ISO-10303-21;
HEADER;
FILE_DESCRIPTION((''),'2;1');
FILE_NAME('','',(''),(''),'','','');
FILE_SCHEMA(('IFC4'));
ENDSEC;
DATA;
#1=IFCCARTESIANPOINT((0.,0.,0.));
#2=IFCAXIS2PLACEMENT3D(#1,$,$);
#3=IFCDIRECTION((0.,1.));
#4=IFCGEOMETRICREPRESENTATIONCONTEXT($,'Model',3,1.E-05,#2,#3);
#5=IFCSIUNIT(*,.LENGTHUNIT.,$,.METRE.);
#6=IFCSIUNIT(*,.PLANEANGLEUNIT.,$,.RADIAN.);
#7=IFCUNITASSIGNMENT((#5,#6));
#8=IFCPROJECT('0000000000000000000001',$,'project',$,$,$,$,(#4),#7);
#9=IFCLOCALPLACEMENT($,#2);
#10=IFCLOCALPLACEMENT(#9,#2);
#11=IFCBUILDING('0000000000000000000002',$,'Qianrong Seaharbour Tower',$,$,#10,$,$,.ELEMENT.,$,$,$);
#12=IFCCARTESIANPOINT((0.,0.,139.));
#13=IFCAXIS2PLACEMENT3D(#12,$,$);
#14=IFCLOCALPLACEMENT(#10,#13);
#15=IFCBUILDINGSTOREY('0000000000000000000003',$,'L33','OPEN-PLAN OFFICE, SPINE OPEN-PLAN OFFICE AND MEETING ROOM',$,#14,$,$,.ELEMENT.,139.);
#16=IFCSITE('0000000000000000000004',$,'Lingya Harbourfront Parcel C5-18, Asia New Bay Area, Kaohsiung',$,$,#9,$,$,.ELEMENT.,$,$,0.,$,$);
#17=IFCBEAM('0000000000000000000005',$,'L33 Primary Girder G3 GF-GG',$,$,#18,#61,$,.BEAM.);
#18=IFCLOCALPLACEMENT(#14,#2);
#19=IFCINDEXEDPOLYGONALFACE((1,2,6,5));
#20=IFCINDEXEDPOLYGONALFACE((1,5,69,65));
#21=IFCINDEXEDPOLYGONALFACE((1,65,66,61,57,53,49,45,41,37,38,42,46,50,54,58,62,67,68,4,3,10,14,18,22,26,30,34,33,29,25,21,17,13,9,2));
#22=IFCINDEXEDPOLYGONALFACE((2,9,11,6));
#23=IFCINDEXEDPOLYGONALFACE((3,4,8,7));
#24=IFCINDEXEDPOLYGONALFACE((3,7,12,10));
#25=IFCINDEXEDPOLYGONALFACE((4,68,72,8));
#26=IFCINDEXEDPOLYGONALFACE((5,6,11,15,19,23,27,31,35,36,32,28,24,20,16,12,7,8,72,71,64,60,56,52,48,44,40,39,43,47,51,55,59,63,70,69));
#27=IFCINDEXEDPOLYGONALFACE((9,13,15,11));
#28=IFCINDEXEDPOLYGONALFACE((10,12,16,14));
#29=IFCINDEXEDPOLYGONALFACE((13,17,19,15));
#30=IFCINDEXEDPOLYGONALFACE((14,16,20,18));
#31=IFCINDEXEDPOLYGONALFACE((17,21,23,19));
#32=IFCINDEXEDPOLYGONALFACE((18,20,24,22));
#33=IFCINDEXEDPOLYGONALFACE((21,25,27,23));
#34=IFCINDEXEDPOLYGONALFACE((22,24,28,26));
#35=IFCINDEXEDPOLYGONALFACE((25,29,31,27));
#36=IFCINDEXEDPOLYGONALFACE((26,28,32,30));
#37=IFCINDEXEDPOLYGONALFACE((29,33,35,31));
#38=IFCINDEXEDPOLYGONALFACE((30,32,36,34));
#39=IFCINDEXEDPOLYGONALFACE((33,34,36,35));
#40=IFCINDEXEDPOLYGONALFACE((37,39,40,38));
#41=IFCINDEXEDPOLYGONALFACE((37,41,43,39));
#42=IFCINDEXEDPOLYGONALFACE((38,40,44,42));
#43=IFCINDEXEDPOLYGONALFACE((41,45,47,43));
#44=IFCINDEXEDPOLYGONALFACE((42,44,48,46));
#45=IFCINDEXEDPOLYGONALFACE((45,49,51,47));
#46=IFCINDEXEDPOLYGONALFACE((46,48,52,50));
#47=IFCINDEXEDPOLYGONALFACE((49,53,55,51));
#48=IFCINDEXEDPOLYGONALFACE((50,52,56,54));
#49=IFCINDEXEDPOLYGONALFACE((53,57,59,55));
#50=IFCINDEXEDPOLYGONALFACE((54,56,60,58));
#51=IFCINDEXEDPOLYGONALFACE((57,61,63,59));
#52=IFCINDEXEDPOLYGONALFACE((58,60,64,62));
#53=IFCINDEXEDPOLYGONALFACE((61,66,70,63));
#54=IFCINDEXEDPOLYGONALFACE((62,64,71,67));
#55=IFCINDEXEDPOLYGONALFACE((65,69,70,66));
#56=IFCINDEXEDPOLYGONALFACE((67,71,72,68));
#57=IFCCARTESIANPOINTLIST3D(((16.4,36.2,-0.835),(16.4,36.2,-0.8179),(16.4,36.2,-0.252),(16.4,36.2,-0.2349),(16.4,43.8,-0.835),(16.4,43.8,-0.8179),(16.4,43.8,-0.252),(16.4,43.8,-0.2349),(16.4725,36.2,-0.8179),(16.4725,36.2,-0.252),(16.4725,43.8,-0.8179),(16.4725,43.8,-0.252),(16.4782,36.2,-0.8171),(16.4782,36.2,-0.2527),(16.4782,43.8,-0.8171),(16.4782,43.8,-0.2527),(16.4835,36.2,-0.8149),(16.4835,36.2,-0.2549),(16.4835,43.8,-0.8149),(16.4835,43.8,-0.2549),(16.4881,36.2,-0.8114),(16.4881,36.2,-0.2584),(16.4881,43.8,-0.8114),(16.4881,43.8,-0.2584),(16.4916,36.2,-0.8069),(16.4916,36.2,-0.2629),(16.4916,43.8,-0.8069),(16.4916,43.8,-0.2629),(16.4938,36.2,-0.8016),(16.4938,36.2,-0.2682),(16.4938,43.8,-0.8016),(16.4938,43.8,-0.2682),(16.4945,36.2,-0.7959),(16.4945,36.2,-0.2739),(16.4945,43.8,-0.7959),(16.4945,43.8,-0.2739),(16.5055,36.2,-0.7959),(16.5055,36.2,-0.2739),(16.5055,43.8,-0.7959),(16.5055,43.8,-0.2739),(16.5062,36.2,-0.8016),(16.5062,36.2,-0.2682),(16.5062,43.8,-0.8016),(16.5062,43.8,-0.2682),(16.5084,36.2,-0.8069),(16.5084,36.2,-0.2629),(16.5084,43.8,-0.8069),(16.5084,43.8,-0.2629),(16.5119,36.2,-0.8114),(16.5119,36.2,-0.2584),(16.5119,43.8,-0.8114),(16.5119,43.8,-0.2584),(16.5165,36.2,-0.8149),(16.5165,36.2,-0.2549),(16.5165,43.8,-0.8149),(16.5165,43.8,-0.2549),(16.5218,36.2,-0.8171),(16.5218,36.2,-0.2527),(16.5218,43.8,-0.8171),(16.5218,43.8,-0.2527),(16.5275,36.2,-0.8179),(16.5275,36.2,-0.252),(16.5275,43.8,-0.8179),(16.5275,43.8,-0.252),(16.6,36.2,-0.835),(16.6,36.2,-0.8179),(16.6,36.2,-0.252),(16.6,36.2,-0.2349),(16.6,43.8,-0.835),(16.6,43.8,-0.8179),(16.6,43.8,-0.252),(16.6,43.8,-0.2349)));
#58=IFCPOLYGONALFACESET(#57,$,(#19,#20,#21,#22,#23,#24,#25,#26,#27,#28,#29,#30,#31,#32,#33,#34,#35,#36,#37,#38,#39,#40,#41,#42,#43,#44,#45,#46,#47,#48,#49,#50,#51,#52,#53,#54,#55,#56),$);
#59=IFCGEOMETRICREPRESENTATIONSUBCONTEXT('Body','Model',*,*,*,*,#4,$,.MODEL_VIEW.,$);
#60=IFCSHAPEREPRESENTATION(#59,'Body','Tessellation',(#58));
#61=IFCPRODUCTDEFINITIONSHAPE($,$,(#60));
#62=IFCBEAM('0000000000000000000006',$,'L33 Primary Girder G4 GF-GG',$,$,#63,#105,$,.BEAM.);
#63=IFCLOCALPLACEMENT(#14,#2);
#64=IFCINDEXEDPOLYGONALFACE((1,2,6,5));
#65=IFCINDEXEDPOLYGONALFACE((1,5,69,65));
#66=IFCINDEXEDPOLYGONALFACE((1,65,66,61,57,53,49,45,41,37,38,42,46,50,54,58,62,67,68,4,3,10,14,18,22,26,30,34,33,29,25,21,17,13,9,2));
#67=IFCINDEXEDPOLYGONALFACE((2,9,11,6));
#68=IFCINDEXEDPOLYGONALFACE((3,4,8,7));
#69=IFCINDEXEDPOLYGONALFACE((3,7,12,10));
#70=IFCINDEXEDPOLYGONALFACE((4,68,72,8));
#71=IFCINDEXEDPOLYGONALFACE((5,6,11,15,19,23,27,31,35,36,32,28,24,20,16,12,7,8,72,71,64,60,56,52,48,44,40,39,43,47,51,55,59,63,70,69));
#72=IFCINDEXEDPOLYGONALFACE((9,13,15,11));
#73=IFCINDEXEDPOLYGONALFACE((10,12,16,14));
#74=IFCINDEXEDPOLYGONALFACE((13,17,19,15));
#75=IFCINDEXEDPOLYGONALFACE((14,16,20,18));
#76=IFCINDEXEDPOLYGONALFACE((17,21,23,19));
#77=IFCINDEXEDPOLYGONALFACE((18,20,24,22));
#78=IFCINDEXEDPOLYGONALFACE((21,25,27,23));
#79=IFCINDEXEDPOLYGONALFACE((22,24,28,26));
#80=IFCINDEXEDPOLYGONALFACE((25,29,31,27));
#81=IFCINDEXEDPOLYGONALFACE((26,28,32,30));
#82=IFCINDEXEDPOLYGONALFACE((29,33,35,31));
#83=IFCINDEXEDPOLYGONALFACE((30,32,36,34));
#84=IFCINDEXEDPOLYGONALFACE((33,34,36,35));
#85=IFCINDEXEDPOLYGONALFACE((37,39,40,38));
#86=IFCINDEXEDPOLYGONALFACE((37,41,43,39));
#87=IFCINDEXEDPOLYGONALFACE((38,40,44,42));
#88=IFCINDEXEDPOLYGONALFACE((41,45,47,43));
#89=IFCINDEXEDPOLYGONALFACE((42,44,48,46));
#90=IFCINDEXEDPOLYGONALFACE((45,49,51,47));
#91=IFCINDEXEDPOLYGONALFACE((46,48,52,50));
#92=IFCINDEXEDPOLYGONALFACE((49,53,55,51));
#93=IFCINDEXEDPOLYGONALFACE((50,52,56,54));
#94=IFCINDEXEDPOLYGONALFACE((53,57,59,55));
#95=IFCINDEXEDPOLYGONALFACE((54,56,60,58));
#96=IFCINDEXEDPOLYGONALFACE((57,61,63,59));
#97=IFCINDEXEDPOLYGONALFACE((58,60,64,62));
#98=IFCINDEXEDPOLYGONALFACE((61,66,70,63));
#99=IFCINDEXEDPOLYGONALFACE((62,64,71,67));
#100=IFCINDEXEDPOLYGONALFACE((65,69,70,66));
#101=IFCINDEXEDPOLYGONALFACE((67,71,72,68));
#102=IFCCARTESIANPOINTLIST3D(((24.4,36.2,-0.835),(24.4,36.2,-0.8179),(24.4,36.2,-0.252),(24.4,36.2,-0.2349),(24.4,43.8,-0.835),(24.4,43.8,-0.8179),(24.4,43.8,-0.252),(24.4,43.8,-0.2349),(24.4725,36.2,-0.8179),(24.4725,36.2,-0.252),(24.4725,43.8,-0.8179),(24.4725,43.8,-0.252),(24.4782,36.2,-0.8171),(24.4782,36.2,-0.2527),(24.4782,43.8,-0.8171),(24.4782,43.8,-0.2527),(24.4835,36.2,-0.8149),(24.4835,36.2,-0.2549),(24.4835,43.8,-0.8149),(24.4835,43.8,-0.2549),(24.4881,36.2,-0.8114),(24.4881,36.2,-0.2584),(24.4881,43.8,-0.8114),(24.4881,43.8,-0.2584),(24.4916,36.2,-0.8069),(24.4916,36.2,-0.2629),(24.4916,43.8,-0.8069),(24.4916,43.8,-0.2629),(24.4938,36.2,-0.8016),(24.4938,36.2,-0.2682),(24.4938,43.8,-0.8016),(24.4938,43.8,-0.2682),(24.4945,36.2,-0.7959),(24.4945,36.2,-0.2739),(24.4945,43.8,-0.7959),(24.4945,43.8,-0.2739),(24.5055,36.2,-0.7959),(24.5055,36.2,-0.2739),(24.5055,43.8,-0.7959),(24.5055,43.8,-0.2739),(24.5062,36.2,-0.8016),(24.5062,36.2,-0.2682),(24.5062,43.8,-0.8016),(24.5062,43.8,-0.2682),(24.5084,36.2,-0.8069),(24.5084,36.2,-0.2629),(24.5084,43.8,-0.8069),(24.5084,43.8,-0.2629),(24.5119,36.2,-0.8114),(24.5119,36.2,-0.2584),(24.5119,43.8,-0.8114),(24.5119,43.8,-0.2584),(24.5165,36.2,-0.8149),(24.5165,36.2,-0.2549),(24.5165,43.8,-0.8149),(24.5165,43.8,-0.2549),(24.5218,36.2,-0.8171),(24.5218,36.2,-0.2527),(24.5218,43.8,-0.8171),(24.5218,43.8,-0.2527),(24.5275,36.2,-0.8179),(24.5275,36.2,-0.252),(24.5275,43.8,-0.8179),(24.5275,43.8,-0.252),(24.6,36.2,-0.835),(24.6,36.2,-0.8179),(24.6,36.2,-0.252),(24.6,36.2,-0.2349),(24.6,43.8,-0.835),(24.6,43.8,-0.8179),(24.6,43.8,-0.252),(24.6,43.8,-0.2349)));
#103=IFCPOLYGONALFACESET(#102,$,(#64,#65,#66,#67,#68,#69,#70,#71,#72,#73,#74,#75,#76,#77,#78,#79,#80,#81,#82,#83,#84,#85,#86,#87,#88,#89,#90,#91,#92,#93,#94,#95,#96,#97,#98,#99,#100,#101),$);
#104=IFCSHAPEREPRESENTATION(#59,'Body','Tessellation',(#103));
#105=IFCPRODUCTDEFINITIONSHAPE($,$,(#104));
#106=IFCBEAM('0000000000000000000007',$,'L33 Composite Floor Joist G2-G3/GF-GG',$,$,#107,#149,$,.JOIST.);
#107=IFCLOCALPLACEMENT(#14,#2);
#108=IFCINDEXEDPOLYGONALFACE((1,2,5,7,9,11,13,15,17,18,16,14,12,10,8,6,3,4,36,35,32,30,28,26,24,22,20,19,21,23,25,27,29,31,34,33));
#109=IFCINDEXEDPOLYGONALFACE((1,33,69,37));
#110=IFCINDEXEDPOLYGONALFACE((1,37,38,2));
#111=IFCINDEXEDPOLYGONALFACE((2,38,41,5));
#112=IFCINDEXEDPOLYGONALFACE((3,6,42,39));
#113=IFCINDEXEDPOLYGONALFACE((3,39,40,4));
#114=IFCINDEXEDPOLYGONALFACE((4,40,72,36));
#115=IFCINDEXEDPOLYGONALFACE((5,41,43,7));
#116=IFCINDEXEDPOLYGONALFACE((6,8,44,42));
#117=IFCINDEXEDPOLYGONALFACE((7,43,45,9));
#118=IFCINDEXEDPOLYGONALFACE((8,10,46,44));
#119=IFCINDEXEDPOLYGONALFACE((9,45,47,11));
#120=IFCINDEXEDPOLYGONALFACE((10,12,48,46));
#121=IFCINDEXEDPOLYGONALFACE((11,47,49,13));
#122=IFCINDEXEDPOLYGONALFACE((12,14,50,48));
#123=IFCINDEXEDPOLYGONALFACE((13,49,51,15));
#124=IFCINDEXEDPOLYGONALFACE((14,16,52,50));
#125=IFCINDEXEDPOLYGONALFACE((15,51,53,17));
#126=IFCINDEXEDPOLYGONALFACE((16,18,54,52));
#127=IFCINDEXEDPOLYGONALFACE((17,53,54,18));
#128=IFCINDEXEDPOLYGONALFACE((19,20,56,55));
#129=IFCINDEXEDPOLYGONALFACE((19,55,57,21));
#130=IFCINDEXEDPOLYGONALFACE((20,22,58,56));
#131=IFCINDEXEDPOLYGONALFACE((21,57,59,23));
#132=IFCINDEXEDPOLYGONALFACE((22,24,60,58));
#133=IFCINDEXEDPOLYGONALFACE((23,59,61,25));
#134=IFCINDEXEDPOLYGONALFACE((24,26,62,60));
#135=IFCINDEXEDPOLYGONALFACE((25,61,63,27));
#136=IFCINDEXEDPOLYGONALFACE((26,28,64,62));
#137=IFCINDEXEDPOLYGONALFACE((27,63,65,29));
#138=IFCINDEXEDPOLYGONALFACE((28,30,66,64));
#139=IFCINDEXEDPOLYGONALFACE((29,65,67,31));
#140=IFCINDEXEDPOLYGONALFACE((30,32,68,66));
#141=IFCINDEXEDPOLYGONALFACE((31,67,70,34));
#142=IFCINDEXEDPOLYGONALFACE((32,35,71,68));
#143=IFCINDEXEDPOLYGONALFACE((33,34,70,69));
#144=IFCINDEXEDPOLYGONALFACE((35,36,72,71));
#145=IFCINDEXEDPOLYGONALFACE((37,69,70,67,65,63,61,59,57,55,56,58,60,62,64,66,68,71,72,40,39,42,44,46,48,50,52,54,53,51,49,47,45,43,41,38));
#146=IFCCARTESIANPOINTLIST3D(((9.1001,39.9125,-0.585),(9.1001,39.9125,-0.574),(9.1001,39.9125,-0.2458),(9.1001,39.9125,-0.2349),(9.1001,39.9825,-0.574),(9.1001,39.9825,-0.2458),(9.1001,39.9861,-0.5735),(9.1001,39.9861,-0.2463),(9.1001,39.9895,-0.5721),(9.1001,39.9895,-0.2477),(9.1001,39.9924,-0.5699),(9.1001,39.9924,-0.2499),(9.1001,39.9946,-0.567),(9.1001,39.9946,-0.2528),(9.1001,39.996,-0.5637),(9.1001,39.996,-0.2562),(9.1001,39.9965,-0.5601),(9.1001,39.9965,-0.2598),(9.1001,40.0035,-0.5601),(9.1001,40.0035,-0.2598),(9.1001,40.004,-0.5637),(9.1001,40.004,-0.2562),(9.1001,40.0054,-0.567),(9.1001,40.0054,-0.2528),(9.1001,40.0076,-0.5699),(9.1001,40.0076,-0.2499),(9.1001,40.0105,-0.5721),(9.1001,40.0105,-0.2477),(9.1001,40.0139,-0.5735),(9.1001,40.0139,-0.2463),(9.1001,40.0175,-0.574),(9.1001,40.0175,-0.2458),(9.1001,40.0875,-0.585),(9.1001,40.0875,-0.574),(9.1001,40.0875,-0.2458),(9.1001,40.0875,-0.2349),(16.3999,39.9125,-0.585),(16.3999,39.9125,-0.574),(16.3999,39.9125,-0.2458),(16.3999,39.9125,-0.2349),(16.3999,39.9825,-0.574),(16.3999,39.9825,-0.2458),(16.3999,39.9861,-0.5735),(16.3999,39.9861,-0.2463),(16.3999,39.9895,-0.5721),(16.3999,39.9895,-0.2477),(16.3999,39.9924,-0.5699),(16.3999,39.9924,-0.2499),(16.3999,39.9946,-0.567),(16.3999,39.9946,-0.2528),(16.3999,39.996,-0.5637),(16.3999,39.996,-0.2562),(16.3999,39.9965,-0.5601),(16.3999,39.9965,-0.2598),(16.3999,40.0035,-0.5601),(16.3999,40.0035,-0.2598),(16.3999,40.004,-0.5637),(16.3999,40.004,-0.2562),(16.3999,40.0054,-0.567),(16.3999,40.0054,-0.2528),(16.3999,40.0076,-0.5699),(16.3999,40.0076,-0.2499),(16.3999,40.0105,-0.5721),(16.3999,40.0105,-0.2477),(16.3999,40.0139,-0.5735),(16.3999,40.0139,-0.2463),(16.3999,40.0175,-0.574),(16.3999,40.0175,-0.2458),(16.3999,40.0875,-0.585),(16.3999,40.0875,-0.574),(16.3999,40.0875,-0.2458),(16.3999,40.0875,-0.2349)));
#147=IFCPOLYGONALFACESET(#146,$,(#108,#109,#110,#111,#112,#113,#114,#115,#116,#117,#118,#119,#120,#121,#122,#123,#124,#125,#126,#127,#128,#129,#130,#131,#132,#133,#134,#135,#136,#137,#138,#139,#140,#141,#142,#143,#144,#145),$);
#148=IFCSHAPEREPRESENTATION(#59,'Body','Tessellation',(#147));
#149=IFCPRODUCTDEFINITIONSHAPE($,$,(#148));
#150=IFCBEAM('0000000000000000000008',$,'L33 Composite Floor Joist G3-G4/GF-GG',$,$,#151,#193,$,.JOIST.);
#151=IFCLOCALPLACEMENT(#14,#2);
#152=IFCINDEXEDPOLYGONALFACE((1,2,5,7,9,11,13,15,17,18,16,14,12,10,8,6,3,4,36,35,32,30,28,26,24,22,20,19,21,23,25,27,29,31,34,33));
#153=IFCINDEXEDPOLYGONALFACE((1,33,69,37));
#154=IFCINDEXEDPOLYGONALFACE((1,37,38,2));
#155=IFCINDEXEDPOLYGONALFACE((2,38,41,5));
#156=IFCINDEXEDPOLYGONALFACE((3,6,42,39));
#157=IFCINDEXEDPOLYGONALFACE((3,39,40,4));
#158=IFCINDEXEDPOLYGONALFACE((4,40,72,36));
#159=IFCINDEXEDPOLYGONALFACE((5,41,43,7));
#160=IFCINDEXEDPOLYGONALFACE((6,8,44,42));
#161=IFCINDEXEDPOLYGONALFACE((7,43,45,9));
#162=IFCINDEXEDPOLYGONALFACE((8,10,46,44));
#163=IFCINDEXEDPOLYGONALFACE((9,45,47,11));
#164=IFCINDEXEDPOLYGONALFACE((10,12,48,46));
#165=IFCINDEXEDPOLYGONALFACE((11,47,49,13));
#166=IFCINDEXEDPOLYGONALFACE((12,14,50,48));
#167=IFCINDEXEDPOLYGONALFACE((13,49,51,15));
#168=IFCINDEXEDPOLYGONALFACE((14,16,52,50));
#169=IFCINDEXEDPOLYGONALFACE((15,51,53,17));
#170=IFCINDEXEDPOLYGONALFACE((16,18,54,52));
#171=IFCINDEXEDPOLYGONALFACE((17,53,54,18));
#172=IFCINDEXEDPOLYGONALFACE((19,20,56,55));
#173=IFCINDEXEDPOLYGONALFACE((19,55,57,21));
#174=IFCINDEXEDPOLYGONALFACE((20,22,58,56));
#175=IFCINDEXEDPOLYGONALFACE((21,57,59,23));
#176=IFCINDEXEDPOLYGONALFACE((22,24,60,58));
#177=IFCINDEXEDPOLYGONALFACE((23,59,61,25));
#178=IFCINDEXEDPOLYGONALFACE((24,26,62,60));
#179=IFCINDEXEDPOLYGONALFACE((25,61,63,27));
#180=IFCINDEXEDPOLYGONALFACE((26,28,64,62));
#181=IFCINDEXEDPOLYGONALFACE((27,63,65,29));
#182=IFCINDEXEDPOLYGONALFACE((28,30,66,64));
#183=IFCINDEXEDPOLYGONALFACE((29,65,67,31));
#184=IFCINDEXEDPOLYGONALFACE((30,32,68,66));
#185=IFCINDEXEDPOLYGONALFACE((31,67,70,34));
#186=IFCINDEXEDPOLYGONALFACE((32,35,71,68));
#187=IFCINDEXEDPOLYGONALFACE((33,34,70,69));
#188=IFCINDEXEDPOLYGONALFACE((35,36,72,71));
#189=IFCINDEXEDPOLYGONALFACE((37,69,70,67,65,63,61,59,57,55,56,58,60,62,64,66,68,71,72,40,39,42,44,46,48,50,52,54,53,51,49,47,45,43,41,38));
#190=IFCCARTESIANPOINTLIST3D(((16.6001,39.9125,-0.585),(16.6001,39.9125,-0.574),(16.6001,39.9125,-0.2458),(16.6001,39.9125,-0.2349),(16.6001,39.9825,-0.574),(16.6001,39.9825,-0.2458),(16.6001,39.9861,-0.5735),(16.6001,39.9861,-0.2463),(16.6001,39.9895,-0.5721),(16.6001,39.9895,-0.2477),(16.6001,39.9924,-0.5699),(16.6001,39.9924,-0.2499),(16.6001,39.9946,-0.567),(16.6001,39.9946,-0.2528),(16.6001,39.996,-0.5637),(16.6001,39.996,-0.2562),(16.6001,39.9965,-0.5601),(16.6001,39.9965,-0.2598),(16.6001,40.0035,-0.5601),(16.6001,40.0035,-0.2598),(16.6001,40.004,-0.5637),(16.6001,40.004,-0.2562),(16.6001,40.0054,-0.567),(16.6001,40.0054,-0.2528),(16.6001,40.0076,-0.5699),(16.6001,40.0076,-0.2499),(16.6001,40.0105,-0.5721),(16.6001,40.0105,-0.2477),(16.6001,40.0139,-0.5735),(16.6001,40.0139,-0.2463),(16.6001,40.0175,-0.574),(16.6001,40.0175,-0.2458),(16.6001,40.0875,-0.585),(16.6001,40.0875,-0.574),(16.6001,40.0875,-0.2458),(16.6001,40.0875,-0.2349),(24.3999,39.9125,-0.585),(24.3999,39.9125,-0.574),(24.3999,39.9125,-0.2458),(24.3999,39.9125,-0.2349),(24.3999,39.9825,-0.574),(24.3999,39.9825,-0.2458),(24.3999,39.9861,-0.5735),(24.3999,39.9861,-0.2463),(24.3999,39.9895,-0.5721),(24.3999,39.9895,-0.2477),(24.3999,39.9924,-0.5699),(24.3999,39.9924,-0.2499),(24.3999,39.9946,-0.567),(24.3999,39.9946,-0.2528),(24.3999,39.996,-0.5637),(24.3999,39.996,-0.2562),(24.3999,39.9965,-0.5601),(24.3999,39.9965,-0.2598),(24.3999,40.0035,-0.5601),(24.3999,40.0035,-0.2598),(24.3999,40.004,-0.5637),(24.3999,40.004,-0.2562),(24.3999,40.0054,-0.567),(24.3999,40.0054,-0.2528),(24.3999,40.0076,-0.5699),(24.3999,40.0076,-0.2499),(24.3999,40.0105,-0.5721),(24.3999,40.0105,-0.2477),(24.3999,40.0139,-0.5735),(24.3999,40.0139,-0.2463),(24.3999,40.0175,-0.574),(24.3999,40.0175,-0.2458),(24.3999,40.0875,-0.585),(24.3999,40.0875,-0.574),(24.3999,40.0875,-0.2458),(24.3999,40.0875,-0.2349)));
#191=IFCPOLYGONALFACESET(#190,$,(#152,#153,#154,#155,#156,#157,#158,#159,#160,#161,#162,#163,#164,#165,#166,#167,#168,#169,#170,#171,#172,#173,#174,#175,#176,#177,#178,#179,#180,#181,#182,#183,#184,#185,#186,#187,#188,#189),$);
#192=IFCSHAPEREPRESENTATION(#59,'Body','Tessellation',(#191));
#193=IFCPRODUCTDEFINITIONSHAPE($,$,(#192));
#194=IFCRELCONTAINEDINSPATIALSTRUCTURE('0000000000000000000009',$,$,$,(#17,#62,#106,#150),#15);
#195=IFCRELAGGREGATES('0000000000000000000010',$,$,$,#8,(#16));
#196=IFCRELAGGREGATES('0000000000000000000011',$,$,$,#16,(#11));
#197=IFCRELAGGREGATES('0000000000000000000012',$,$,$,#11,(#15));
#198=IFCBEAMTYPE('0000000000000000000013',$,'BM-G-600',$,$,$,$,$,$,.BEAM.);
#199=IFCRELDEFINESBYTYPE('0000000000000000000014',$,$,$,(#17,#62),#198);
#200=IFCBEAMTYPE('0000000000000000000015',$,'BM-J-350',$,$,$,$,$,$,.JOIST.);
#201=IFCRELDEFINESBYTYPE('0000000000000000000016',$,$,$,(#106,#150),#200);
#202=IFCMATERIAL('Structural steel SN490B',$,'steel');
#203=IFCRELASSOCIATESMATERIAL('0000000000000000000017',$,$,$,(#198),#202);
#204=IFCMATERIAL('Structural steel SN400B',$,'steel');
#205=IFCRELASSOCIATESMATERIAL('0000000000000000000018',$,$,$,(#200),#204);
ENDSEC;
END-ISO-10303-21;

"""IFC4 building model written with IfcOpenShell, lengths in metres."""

from ifc_helpers import new_model, si_unit, direction, frame, origin, origin_2d, place, context, subcontext, project, spatial, i_section, extrude, material, material_profile, profile_set, type_object, element, save


model = new_model("IFC4")

# Units and contexts
model_context = context("Model", 3, precision=1e-05, world=origin(), true_north=direction((0.0, 1.0)))
body_context = subcontext(model_context, "Body", "Model", "MODEL_VIEW")
ifc_project = project(units=[si_unit("LENGTHUNIT", "METRE"), si_unit("PLANEANGLEUNIT", "RADIAN")], contexts=[model_context])

# Site, building, storey
site_placement = place(None, origin())
site = spatial("IfcSite", under=ifc_project, at=site_placement, Name="Lingya Harbourfront Parcel C5-18, Asia New Bay Area, Kaohsiung", CompositionType="ELEMENT", RefElevation=0.0)
building_placement = place(site_placement, origin())
building = spatial("IfcBuilding", under=site, at=building_placement, Name="Qianrong Seaharbour Tower", CompositionType="ELEMENT")
storey_placement = place(building_placement, frame((0.0, 0.0, 139.0)))
storey = spatial("IfcBuildingStorey", under=building, at=storey_placement, Name="L33", Description="OPEN-PLAN OFFICE, SPINE OPEN-PLAN OFFICE AND MEETING ROOM", CompositionType="ELEMENT", Elevation=139.0)

# Shared definitions
ifc_material_1 = material(Name="Structural steel SN490B", Category="steel")

# Beams
ifc_material_profile_1 = material_profile(ifc_material_1, i_section(OverallWidth=0.2, OverallDepth=0.6001, WebThickness=0.011, FlangeThickness=0.0171, FilletRadius=0.022, at=origin_2d()), Name="H600x200x11x17")
ifc_profile_set_1 = profile_set([ifc_material_profile_1], Name="Structural steel SN490B")
beam_type_1 = type_object("IfcBeamType", Name="BM-G-600", PredefinedType="BEAM", material=ifc_profile_set_1)
for number, where, z_axis, x_axis, name in (
    (1, (16.5, 36.2, -0.5349), (0.0, 1.0, 0.0), (-1.0, 0.0, 0.0), "L33 Primary Girder G3 GF-GG"),
    (2, (24.5, 36.2, -0.5349), (0.0, 1.0, 0.0), (-1.0, 0.0, 0.0), "L33 Primary Girder G4 GF-GG"),
):
    element("IfcBeam", number, at=place(storey_placement, frame(where, z_axis=z_axis, x_axis=x_axis)), inside=storey, type_object=beam_type_1, Name=name, PredefinedType="BEAM", context=body_context, shape_type="SweptSolid", body=[
        extrude(i_section(OverallWidth=0.2, OverallDepth=0.6001, WebThickness=0.011, FlangeThickness=0.0171, FilletRadius=0.022, at=origin_2d()), origin(), (0.0, 0.0, 1.0), 7.6001),
    ])
ifc_material_2 = material(Name="Structural steel SN400B", Category="steel")
ifc_material_profile_2 = material_profile(ifc_material_2, i_section(OverallWidth=0.175, OverallDepth=0.3501, WebThickness=0.0071, FlangeThickness=0.011, FilletRadius=0.0139, at=origin_2d()), Name="H350x175x7x11")
ifc_profile_set_2 = profile_set([ifc_material_profile_2], Name="Structural steel SN400B")
beam_type_2 = type_object("IfcBeamType", Name="BM-J-350", PredefinedType="JOIST", material=ifc_profile_set_2)
beam_1_placement = place(storey_placement, frame((9.1001, 40.0, -0.4099), z_axis=(1.0, 0.0, 0.0), x_axis=(0.0, 1.0, 0.0)))
element("IfcBeam", 3, at=beam_1_placement, inside=storey, type_object=beam_type_2, Name="L33 Composite Floor Joist G2-G3/GF-GG", PredefinedType="JOIST", context=body_context, shape_type="SweptSolid", body=[
    extrude(i_section(OverallWidth=0.175, OverallDepth=0.3501, WebThickness=0.0071, FlangeThickness=0.011, FilletRadius=0.0139, at=origin_2d()), origin(), (0.0, 0.0, 1.0), 7.2998),
])
beam_2_placement = place(storey_placement, frame((16.6001, 40.0, -0.4099), z_axis=(1.0, 0.0, 0.0), x_axis=(0.0, 1.0, 0.0)))
element("IfcBeam", 4, at=beam_2_placement, inside=storey, type_object=beam_type_2, Name="L33 Composite Floor Joist G3-G4/GF-GG", PredefinedType="JOIST", context=body_context, shape_type="SweptSolid", body=[
    extrude(i_section(OverallWidth=0.175, OverallDepth=0.3501, WebThickness=0.0071, FlangeThickness=0.011, FilletRadius=0.0139, at=origin_2d()), origin(), (0.0, 0.0, 1.0), 7.7998),
])

save(model, "model.ifc")
